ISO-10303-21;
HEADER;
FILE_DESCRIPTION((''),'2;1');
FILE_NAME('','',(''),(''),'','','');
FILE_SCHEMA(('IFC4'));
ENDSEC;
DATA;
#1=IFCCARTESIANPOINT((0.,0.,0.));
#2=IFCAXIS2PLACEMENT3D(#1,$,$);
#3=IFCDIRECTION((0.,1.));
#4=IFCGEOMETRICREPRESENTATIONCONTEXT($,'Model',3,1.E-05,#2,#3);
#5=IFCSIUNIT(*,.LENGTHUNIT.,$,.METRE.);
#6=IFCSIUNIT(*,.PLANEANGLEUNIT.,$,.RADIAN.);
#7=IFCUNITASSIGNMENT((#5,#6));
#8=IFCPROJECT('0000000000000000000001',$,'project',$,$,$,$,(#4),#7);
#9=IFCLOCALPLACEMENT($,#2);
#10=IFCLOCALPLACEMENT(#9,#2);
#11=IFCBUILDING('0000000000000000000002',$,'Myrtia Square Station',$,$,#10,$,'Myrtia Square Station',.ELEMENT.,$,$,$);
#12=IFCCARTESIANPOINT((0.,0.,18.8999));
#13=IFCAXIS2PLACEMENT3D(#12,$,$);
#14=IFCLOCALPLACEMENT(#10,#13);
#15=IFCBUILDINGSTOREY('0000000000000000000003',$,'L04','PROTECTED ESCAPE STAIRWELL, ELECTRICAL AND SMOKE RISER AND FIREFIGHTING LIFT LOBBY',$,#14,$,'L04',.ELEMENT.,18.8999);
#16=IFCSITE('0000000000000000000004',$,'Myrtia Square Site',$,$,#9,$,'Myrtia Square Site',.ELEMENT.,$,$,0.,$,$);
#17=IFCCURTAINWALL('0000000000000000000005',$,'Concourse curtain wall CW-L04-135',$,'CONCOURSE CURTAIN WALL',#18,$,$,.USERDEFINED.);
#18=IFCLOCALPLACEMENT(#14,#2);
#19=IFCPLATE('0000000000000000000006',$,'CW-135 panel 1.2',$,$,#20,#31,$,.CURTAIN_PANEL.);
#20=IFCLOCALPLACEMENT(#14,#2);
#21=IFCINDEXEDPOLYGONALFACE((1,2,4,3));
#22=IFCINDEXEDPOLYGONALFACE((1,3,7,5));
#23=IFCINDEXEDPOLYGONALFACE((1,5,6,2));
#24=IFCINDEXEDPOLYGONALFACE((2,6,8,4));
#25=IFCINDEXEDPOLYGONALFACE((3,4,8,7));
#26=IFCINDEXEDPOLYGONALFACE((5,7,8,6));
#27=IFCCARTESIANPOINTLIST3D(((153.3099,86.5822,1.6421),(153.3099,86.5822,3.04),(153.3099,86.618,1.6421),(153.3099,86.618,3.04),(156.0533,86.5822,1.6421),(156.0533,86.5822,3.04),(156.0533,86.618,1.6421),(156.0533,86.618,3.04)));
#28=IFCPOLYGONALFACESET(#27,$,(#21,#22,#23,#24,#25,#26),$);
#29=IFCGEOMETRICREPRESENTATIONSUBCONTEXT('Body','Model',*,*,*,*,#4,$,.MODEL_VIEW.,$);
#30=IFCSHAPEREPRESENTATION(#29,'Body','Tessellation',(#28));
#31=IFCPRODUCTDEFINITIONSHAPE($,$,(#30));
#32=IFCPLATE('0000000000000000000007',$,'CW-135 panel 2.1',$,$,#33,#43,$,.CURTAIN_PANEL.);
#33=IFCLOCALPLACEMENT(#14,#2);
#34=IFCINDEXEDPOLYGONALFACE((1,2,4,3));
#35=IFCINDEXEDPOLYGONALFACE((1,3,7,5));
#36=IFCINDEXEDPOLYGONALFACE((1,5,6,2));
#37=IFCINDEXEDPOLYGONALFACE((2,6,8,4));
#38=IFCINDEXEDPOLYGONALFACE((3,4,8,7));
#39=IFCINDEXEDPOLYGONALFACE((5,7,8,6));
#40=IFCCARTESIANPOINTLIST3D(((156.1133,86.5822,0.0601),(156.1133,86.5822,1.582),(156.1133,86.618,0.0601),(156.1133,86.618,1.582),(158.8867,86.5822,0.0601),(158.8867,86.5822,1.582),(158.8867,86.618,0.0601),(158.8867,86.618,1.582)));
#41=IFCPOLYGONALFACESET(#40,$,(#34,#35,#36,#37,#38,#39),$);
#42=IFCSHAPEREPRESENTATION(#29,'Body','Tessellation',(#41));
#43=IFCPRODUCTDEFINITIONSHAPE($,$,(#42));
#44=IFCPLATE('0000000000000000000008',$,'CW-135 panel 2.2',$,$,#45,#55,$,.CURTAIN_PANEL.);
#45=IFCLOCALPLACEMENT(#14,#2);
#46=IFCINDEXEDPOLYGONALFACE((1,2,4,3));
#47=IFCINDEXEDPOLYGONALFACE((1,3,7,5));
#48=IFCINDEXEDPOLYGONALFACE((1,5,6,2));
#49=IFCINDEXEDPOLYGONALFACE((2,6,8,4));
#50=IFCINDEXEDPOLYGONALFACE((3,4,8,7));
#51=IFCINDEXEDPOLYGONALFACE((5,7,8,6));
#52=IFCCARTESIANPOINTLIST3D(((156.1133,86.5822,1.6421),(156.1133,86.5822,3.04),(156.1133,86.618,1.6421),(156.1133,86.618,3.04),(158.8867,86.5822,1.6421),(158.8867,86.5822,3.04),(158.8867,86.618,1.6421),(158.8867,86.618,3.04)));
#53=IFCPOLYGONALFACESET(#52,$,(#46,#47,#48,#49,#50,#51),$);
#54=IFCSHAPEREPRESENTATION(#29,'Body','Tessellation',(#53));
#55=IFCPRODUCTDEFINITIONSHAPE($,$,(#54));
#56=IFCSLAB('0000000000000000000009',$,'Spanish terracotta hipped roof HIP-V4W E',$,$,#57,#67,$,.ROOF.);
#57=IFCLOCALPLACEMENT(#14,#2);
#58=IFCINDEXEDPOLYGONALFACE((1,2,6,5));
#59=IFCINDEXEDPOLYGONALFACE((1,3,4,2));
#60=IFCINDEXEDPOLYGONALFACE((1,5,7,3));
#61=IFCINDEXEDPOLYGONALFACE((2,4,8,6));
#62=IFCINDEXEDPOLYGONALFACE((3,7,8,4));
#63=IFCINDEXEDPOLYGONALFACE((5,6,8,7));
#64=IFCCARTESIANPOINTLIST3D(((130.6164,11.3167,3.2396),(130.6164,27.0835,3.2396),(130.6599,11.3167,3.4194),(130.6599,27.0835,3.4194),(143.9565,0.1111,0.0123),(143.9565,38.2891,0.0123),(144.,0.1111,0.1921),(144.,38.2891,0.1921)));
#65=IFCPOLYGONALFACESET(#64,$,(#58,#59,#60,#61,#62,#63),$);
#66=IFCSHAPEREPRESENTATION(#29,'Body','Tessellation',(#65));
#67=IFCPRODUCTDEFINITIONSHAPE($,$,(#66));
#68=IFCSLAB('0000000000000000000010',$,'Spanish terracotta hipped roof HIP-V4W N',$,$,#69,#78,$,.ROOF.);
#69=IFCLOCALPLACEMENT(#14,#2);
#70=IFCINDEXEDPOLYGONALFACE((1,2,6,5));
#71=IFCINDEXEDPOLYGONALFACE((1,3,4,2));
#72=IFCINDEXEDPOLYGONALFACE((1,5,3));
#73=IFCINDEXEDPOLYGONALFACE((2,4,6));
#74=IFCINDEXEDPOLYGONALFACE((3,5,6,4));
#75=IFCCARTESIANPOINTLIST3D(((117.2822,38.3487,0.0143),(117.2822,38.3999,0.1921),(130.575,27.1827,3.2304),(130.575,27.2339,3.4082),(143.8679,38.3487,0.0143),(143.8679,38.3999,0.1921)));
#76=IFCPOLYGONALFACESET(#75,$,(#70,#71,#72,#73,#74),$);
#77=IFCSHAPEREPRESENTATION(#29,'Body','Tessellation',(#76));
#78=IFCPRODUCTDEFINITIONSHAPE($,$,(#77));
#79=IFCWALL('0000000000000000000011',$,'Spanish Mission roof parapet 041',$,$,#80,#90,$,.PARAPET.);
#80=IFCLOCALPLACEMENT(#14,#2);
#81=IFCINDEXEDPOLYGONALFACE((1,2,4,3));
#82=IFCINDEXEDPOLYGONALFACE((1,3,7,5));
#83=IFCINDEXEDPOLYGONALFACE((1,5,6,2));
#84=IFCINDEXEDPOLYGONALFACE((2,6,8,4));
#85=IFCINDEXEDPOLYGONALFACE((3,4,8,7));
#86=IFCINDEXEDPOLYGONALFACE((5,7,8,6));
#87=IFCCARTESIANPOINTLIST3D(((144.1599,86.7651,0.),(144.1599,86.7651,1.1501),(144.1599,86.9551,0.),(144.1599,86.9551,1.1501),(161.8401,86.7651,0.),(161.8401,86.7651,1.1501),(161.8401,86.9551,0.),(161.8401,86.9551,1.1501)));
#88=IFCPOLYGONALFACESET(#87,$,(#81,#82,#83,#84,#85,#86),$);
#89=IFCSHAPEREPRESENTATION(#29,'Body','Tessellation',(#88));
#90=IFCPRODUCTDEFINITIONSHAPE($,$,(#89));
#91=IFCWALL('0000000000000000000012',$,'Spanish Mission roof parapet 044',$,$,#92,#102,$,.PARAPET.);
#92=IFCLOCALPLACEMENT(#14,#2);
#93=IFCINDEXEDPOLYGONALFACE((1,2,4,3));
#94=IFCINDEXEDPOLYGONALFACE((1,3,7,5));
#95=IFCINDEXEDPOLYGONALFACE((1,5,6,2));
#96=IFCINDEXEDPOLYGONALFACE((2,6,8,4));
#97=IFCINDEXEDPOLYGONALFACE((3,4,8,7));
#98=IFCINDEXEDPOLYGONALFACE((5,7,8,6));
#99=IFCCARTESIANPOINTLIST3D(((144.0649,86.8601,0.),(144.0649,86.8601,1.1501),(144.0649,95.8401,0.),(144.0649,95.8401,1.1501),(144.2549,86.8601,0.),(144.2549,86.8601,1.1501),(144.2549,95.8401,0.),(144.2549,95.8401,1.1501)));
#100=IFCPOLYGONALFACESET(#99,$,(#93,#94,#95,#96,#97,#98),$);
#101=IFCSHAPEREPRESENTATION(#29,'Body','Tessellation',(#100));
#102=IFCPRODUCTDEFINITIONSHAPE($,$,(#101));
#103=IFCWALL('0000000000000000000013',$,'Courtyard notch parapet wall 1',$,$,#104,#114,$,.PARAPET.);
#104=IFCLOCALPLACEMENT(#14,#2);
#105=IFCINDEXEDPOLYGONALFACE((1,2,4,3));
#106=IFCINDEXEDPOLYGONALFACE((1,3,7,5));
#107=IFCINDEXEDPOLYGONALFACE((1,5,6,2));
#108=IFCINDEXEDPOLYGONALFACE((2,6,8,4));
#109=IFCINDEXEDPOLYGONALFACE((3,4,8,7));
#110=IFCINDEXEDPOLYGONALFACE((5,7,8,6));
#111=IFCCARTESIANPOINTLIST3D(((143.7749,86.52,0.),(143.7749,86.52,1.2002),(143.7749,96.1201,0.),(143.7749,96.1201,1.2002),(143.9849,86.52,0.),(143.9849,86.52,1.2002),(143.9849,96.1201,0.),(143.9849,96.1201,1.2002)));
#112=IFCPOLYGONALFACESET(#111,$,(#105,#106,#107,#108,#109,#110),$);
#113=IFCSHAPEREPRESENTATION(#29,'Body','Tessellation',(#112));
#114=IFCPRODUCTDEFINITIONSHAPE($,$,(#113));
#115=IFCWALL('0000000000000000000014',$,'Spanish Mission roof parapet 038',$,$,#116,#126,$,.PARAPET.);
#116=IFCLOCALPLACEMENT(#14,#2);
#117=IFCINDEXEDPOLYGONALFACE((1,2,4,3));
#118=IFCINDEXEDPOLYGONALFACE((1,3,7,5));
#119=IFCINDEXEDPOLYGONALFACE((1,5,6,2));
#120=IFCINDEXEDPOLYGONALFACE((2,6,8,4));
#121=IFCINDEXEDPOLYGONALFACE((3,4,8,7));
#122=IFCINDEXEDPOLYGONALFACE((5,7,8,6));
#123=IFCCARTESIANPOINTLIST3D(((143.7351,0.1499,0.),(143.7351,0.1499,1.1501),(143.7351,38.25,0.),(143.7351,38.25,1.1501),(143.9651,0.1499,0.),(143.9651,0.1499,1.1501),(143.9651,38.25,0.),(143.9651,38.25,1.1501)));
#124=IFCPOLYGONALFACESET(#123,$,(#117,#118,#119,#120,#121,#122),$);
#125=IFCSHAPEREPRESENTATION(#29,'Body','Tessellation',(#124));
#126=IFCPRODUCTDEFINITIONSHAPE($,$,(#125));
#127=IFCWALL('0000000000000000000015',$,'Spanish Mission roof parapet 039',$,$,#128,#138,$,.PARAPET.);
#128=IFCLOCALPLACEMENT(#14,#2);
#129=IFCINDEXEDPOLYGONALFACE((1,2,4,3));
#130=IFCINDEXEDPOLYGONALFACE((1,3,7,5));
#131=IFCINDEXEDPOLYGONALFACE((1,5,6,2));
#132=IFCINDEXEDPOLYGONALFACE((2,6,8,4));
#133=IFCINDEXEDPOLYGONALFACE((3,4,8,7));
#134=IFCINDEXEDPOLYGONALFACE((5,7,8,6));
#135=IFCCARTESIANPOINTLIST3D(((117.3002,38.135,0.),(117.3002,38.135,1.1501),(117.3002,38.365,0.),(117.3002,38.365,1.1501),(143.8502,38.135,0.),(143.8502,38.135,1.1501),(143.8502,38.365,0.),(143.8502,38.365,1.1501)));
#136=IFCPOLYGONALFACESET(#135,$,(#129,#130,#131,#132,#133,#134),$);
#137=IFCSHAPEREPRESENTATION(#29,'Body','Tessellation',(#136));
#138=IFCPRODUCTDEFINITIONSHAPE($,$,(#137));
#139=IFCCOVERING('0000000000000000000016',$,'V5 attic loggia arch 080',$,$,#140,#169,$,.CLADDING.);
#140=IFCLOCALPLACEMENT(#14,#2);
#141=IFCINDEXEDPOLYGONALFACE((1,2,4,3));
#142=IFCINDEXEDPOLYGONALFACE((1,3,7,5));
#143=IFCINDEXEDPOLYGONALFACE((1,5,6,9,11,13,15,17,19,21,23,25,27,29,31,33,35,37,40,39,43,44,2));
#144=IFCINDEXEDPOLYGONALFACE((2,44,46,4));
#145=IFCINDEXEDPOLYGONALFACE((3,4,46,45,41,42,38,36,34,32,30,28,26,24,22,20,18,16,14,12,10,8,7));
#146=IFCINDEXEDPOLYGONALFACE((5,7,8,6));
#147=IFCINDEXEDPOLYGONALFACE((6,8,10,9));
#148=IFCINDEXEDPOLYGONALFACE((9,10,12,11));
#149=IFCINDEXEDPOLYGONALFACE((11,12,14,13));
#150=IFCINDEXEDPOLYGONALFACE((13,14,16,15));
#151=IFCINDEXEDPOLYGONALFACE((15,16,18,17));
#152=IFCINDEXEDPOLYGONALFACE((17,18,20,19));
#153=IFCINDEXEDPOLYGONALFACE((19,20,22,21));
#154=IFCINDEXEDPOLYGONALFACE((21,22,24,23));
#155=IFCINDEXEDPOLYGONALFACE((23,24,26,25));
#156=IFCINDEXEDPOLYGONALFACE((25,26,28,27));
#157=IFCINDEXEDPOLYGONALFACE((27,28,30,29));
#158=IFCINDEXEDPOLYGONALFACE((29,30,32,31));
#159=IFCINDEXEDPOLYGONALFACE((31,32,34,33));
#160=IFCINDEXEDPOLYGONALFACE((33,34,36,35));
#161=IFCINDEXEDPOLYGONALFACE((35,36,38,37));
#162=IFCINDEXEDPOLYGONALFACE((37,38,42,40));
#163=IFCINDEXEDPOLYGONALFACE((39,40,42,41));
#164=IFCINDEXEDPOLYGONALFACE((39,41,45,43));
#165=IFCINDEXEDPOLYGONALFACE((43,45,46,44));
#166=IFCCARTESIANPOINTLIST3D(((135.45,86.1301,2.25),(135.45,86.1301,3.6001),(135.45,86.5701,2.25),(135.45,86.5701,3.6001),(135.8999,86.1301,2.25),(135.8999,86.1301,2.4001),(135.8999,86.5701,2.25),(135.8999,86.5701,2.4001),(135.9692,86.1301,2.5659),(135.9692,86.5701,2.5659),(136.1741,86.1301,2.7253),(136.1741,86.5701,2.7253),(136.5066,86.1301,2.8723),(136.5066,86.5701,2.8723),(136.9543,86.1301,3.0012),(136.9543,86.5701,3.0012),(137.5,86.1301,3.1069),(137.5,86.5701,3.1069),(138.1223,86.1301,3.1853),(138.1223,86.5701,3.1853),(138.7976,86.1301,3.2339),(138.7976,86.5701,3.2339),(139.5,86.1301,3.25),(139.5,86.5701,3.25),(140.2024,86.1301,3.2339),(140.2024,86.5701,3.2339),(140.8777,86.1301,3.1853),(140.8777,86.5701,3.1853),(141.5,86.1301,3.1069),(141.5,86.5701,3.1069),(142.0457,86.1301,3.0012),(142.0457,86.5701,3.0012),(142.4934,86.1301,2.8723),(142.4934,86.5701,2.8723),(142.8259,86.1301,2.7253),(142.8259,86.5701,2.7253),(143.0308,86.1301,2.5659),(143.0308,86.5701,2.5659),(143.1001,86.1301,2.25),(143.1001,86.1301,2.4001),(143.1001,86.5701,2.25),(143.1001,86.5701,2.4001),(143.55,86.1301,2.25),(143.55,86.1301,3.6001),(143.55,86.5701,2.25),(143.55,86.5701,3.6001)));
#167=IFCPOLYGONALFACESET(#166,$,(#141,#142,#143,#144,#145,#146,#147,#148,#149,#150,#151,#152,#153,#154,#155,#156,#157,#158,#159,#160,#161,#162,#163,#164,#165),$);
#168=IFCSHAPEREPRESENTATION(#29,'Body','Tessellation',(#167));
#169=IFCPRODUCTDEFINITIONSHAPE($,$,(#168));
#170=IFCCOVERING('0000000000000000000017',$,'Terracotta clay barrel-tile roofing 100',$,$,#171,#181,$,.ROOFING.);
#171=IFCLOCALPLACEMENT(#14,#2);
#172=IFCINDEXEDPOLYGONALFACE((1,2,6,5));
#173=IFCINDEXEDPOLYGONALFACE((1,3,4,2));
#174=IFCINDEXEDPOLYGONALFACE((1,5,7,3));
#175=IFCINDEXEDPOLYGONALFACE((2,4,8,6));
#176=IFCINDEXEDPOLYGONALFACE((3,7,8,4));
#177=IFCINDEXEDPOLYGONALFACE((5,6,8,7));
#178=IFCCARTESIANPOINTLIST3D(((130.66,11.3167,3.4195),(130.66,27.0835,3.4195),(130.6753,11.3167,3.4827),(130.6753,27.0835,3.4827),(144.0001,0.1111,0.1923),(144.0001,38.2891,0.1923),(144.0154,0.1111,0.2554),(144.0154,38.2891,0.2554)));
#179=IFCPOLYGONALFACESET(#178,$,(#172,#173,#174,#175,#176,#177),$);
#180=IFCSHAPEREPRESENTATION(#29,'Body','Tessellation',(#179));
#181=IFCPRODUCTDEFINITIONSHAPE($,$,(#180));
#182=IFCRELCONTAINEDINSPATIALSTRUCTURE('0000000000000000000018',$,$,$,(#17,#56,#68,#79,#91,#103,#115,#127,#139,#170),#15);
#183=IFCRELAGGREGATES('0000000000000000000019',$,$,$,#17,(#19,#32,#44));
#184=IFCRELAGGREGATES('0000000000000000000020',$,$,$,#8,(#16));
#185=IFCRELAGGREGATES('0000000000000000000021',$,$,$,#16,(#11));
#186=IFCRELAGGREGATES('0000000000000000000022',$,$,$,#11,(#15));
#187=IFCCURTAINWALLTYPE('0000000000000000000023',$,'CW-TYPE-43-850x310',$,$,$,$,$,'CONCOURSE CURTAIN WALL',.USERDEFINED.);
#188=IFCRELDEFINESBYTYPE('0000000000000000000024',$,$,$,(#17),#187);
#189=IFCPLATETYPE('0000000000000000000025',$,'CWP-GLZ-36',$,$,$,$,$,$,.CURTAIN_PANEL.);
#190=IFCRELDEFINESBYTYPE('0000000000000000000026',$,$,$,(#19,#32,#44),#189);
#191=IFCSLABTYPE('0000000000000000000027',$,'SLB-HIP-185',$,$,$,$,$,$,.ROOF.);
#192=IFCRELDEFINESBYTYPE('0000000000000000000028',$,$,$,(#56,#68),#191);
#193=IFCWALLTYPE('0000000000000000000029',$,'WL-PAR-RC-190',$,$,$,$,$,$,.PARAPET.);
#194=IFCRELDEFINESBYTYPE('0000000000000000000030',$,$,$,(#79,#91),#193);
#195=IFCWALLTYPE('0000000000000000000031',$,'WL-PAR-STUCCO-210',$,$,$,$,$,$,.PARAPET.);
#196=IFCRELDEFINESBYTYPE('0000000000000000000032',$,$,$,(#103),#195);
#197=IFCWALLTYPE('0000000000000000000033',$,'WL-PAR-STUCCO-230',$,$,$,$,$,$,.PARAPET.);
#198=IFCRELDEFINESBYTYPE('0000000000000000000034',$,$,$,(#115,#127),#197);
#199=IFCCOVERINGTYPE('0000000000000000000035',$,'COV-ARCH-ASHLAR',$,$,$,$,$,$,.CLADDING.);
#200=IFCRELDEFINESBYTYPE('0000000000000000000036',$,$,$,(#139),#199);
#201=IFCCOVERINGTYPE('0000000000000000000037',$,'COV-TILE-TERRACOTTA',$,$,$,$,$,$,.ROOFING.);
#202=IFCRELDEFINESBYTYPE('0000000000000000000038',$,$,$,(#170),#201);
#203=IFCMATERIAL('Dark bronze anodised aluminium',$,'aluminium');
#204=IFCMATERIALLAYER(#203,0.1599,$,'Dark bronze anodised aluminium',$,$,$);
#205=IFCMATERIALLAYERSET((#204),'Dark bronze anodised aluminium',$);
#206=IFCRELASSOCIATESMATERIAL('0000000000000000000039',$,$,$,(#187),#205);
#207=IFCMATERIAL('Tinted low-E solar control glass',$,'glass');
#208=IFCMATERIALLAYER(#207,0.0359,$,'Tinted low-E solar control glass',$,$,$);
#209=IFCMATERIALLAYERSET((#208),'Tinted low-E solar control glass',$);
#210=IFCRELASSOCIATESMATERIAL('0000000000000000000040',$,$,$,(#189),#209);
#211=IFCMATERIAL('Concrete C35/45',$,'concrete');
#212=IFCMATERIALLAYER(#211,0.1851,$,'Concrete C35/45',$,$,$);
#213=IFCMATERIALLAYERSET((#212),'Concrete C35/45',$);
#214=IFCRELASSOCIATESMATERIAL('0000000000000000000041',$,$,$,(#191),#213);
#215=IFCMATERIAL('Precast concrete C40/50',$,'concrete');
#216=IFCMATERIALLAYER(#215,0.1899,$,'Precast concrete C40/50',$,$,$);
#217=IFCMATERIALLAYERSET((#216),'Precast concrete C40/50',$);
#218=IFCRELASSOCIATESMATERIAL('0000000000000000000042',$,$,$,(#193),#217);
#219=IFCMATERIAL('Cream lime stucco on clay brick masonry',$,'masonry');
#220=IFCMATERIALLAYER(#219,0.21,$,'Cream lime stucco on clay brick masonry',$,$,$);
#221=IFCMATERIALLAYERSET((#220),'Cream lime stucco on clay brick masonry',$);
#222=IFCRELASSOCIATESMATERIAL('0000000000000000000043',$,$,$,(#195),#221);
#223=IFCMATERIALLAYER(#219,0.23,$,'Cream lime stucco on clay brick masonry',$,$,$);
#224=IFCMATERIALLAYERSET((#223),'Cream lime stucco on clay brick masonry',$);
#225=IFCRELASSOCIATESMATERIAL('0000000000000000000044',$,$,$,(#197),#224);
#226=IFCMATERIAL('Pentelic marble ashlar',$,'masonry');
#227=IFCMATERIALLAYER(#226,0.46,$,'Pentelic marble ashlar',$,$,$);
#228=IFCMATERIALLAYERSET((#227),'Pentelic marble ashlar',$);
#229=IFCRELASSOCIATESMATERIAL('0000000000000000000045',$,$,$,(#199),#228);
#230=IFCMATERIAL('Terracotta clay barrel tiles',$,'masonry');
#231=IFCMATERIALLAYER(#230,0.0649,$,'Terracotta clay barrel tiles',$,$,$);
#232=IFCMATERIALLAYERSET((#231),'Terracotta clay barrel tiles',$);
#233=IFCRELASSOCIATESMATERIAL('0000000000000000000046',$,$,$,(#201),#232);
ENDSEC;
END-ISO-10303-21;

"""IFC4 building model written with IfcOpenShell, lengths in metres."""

from ifc_helpers import new_model, si_unit, direction, frame, frame_2d, origin, origin_2d, place, context, subcontext, project, spatial, polyline, rectangle, outline, extrude, material, layer, layer_set, type_object, element, aggregate, save


model = new_model("IFC4")

# Units and contexts
model_context = context("Model", 3, precision=1e-05, world=origin(), true_north=direction((0.0, 1.0)))
body_context = subcontext(model_context, "Body", "Model", "MODEL_VIEW")
ifc_project = project(units=[si_unit("LENGTHUNIT", "METRE"), si_unit("PLANEANGLEUNIT", "RADIAN")], contexts=[model_context])

# Site, building, storey
site_placement = place(None, origin())
site = spatial("IfcSite", under=ifc_project, at=site_placement, Name="Myrtia Square Site", LongName="Myrtia Square Site", CompositionType="ELEMENT", RefElevation=0.0)
building_placement = place(site_placement, origin())
building = spatial("IfcBuilding", under=site, at=building_placement, Name="Myrtia Square Station", LongName="Myrtia Square Station", CompositionType="ELEMENT")
storey_placement = place(building_placement, frame((0.0, 0.0, 18.8999)))
storey = spatial("IfcBuildingStorey", under=building, at=storey_placement, Name="L04", Description="PROTECTED ESCAPE STAIRWELL, ELECTRICAL AND SMOKE RISER AND FIREFIGHTING LIFT LOBBY", LongName="L04", CompositionType="ELEMENT", Elevation=18.8999)

# Shared definitions
ifc_material_1 = material(Name="Dark bronze anodised aluminium", Category="aluminium")
ifc_layer_1 = layer(ifc_material_1, 0.1599, Name="Dark bronze anodised aluminium")
ifc_layer_set_1 = layer_set([ifc_layer_1], Name="Dark bronze anodised aluminium")
curtain_wall_type = type_object("IfcCurtainWallType", Name="CW-TYPE-43-850x310", ElementType="CONCOURSE CURTAIN WALL", PredefinedType="USERDEFINED", material=ifc_layer_set_1)

# Curtain wall
curtain_wall_1_placement = place(storey_placement, origin())
curtain_wall_1 = element("IfcCurtainWall", 1, at=curtain_wall_1_placement, inside=storey, type_object=curtain_wall_type, Name="Concourse curtain wall CW-L04-135", ObjectType="CONCOURSE CURTAIN WALL", PredefinedType="USERDEFINED")

# Plates
ifc_material_2 = material(Name="Tinted low-E solar control glass", Category="glass")
ifc_layer_2 = layer(ifc_material_2, 0.0359, Name="Tinted low-E solar control glass")
ifc_layer_set_2 = layer_set([ifc_layer_2], Name="Tinted low-E solar control glass")
plate_type_1 = type_object("IfcPlateType", Name="CWP-GLZ-36", PredefinedType="CURTAIN_PANEL", material=ifc_layer_set_2)
plate_1_placement = place(storey_placement, frame((154.6816, 86.6001, 1.6421), z_axis=(0.0, 0.0, 1.0), x_axis=(1.0, 0.0, 0.0)))
plate_1 = element("IfcPlate", 2, at=plate_1_placement, type_object=plate_type_1, Name="CW-135 panel 1.2", PredefinedType="CURTAIN_PANEL", context=body_context, shape_type="SweptSolid", body=[
    extrude(rectangle(XDim=2.7434, YDim=0.0359, at=origin_2d()), origin(), (0.0, 0.0, 1.0), 1.3979),
])
plate_2_placement = place(storey_placement, frame((157.5, 86.6001, 0.0601), z_axis=(0.0, 0.0, 1.0), x_axis=(1.0, 0.0, 0.0)))
plate_2 = element("IfcPlate", 3, at=plate_2_placement, type_object=plate_type_1, Name="CW-135 panel 2.1", PredefinedType="CURTAIN_PANEL", context=body_context, shape_type="SweptSolid", body=[
    extrude(rectangle(XDim=2.7734, YDim=0.0359, at=origin_2d()), origin(), (0.0, 0.0, 1.0), 1.522),
])
plate_3_placement = place(storey_placement, frame((157.5, 86.6001, 1.6421), z_axis=(0.0, 0.0, 1.0), x_axis=(1.0, 0.0, 0.0)))
plate_3 = element("IfcPlate", 4, at=plate_3_placement, type_object=plate_type_1, Name="CW-135 panel 2.2", PredefinedType="CURTAIN_PANEL", context=body_context, shape_type="SweptSolid", body=[
    extrude(rectangle(XDim=2.7734, YDim=0.0359, at=origin_2d()), origin(), (0.0, 0.0, 1.0), 1.3979),
])
aggregate(curtain_wall_1, [plate_1, plate_2, plate_3])

# Slabs
ifc_material_3 = material(Name="Concrete C35/45", Category="concrete")
ifc_layer_3 = layer(ifc_material_3, 0.1851, Name="Concrete C35/45")
ifc_layer_set_3 = layer_set([ifc_layer_3], Name="Concrete C35/45")
slab_type = type_object("IfcSlabType", Name="SLB-HIP-185", PredefinedType="ROOF", material=ifc_layer_set_3)
slab_1_placement = place(storey_placement, frame((144.0, 0.1111, 0.1921), z_axis=(0.235141, 0.0, 0.971961), x_axis=(0.0, 1.0, 0.0)))
element("IfcSlab", 5, at=slab_1_placement, inside=storey, type_object=slab_type, Name="Spanish terracotta hipped roof HIP-V4W E", PredefinedType="ROOF", context=body_context, shape_type="SweptSolid", body=[
    extrude(outline(polyline([(0.0, 0.0), (38.178, 0.0), (26.9724, 13.7249), (11.2056, 13.7249), (0.0, 0.0)])), origin(), (0.0, 0.0, -1.0), 0.1851),
])
slab_2_placement = place(storey_placement, frame((143.8679, 38.3999, 0.1921), z_axis=(0.0, 0.276771, 0.960936), x_axis=(-1.0, 0.0, 0.0)))
element("IfcSlab", 6, at=slab_2_placement, inside=storey, type_object=slab_type, Name="Spanish terracotta hipped roof HIP-V4W N", PredefinedType="ROOF", context=body_context, shape_type="SweptSolid", body=[
    extrude(outline(polyline([(0.0, 0.0), (26.5857, 0.0), (13.293, 11.6199), (0.0, 0.0)])), origin(), (0.0, 0.0, -1.0), 0.1851),
])

# Walls
ifc_material_4 = material(Name="Precast concrete C40/50", Category="concrete")
ifc_layer_4 = layer(ifc_material_4, 0.1899, Name="Precast concrete C40/50")
ifc_layer_set_4 = layer_set([ifc_layer_4], Name="Precast concrete C40/50")
wall_type_1 = type_object("IfcWallType", Name="WL-PAR-RC-190", PredefinedType="PARAPET", material=ifc_layer_set_4)
wall_1_placement = place(storey_placement, frame((144.1599, 86.8601, 0.0), z_axis=(0.0, 0.0, 1.0), x_axis=(1.0, 0.0, 0.0)))
element("IfcWall", 7, at=wall_1_placement, inside=storey, type_object=wall_type_1, Name="Spanish Mission roof parapet 041", PredefinedType="PARAPET", context=body_context, shape_type="SweptSolid", body=[
    extrude(rectangle(XDim=17.6802, YDim=0.1899, at=frame_2d((8.8401, 0.0))), origin(), (0.0, 0.0, 1.0), 1.1501),
])
wall_2_placement = place(storey_placement, frame((144.1599, 95.8401, 0.0), z_axis=(0.0, 0.0, 1.0), x_axis=(0.0, -1.0, 0.0)))
element("IfcWall", 8, at=wall_2_placement, inside=storey, type_object=wall_type_1, Name="Spanish Mission roof parapet 044", PredefinedType="PARAPET", context=body_context, shape_type="SweptSolid", body=[
    extrude(rectangle(XDim=8.98, YDim=0.1899, at=frame_2d((4.49, 0.0))), origin(), (0.0, 0.0, 1.0), 1.1501),
])
ifc_material_5 = material(Name="Cream lime stucco on clay brick masonry", Category="masonry")
ifc_layer_5 = layer(ifc_material_5, 0.21, Name="Cream lime stucco on clay brick masonry")
ifc_layer_set_5 = layer_set([ifc_layer_5], Name="Cream lime stucco on clay brick masonry")
wall_type_2 = type_object("IfcWallType", Name="WL-PAR-STUCCO-210", PredefinedType="PARAPET", material=ifc_layer_set_5)
wall_3_placement = place(storey_placement, frame((143.8799, 86.52, 0.0), z_axis=(0.0, 0.0, 1.0), x_axis=(0.0, 1.0, 0.0)))
element("IfcWall", 9, at=wall_3_placement, inside=storey, type_object=wall_type_2, Name="Courtyard notch parapet wall 1", PredefinedType="PARAPET", context=body_context, shape_type="SweptSolid", body=[
    extrude(rectangle(XDim=9.6001, YDim=0.21, at=frame_2d((4.8, 0.0))), origin(), (0.0, 0.0, 1.0), 1.2002),
])
ifc_layer_6 = layer(ifc_material_5, 0.23, Name="Cream lime stucco on clay brick masonry")
ifc_layer_set_6 = layer_set([ifc_layer_6], Name="Cream lime stucco on clay brick masonry")
wall_type_3 = type_object("IfcWallType", Name="WL-PAR-STUCCO-230", PredefinedType="PARAPET", material=ifc_layer_set_6)
wall_4_placement = place(storey_placement, frame((143.8501, 0.1499, 0.0), z_axis=(0.0, 0.0, 1.0), x_axis=(0.0, 1.0, 0.0)))
element("IfcWall", 10, at=wall_4_placement, inside=storey, type_object=wall_type_3, Name="Spanish Mission roof parapet 038", PredefinedType="PARAPET", context=body_context, shape_type="SweptSolid", body=[
    extrude(rectangle(XDim=38.1001, YDim=0.23, at=frame_2d((19.05, 0.0))), origin(), (0.0, 0.0, 1.0), 1.1501),
])
wall_5_placement = place(storey_placement, frame((143.8501, 38.25, 0.0), z_axis=(0.0, 0.0, 1.0), x_axis=(-1.0, 0.0, 0.0)))
element("IfcWall", 11, at=wall_5_placement, inside=storey, type_object=wall_type_3, Name="Spanish Mission roof parapet 039", PredefinedType="PARAPET", context=body_context, shape_type="SweptSolid", body=[
    extrude(rectangle(XDim=26.55, YDim=0.23, at=frame_2d((13.2749, 0.0))), origin(), (0.0, 0.0, 1.0), 1.1501),
])

# Coverings
ifc_material_6 = material(Name="Pentelic marble ashlar", Category="masonry")
ifc_layer_7 = layer(ifc_material_6, 0.46, Name="Pentelic marble ashlar")
ifc_layer_set_7 = layer_set([ifc_layer_7], Name="Pentelic marble ashlar")
covering_type_1 = type_object("IfcCoveringType", Name="COV-ARCH-ASHLAR", PredefinedType="CLADDING", material=ifc_layer_set_7)
covering_1_placement = place(storey_placement, frame((135.45, 86.3501, 2.25), z_axis=(0.0, 0.0, 1.0), x_axis=(1.0, 0.0, 0.0)))
element("IfcCovering", 12, at=covering_1_placement, inside=storey, type_object=covering_type_1, Name="V5 attic loggia arch 080", PredefinedType="CLADDING", context=body_context, shape_type="SweptSolid", body=[
    extrude(outline(polyline([(0.0, 0.0), (0.45, 0.0), (0.45, 0.1501), (0.5193, 0.3159), (0.7241, 0.4753), (1.0566, 0.6223), (1.5044, 0.7512), (2.05, 0.8569), (2.6724, 0.9353), (3.3477, 0.9839), (4.05, 1.0), (4.7524, 0.9839), (5.4277, 0.9353), (6.05, 0.8569), (6.5957, 0.7512), (7.0435, 0.6223), (7.376, 0.4753), (7.5808, 0.3159), (7.6501, 0.1501), (7.6501, 0.0), (8.1001, 0.0), (8.1001, 1.3501), (0.0, 1.3501), (0.0, 0.0)])), frame((0.0, 0.22, 0.0), z_axis=(0.0, -1.0, 0.0), x_axis=(1.0, 0.0, 0.0)), (0.0, 0.0, 1.0), 0.4399),
])
ifc_material_7 = material(Name="Terracotta clay barrel tiles", Category="masonry")
ifc_layer_8 = layer(ifc_material_7, 0.0649, Name="Terracotta clay barrel tiles")
ifc_layer_set_8 = layer_set([ifc_layer_8], Name="Terracotta clay barrel tiles")
covering_type_2 = type_object("IfcCoveringType", Name="COV-TILE-TERRACOTTA", PredefinedType="ROOFING", material=ifc_layer_set_8)
covering_2_placement = place(storey_placement, frame((144.0154, 0.1111, 0.2554), z_axis=(0.235141, 0.0, 0.971961), x_axis=(0.0, 1.0, 0.0)))
element("IfcCovering", 13, at=covering_2_placement, inside=storey, type_object=covering_type_2, Name="Terracotta clay barrel-tile roofing 100", PredefinedType="ROOFING", context=body_context, shape_type="SweptSolid", body=[
    extrude(outline(polyline([(0.0, 0.0), (38.178, 0.0), (26.9724, 13.7249), (11.2056, 13.7249), (0.0, 0.0)])), origin(), (0.0, 0.0, -1.0), 0.0649),
])

save(model, "model.ifc")
